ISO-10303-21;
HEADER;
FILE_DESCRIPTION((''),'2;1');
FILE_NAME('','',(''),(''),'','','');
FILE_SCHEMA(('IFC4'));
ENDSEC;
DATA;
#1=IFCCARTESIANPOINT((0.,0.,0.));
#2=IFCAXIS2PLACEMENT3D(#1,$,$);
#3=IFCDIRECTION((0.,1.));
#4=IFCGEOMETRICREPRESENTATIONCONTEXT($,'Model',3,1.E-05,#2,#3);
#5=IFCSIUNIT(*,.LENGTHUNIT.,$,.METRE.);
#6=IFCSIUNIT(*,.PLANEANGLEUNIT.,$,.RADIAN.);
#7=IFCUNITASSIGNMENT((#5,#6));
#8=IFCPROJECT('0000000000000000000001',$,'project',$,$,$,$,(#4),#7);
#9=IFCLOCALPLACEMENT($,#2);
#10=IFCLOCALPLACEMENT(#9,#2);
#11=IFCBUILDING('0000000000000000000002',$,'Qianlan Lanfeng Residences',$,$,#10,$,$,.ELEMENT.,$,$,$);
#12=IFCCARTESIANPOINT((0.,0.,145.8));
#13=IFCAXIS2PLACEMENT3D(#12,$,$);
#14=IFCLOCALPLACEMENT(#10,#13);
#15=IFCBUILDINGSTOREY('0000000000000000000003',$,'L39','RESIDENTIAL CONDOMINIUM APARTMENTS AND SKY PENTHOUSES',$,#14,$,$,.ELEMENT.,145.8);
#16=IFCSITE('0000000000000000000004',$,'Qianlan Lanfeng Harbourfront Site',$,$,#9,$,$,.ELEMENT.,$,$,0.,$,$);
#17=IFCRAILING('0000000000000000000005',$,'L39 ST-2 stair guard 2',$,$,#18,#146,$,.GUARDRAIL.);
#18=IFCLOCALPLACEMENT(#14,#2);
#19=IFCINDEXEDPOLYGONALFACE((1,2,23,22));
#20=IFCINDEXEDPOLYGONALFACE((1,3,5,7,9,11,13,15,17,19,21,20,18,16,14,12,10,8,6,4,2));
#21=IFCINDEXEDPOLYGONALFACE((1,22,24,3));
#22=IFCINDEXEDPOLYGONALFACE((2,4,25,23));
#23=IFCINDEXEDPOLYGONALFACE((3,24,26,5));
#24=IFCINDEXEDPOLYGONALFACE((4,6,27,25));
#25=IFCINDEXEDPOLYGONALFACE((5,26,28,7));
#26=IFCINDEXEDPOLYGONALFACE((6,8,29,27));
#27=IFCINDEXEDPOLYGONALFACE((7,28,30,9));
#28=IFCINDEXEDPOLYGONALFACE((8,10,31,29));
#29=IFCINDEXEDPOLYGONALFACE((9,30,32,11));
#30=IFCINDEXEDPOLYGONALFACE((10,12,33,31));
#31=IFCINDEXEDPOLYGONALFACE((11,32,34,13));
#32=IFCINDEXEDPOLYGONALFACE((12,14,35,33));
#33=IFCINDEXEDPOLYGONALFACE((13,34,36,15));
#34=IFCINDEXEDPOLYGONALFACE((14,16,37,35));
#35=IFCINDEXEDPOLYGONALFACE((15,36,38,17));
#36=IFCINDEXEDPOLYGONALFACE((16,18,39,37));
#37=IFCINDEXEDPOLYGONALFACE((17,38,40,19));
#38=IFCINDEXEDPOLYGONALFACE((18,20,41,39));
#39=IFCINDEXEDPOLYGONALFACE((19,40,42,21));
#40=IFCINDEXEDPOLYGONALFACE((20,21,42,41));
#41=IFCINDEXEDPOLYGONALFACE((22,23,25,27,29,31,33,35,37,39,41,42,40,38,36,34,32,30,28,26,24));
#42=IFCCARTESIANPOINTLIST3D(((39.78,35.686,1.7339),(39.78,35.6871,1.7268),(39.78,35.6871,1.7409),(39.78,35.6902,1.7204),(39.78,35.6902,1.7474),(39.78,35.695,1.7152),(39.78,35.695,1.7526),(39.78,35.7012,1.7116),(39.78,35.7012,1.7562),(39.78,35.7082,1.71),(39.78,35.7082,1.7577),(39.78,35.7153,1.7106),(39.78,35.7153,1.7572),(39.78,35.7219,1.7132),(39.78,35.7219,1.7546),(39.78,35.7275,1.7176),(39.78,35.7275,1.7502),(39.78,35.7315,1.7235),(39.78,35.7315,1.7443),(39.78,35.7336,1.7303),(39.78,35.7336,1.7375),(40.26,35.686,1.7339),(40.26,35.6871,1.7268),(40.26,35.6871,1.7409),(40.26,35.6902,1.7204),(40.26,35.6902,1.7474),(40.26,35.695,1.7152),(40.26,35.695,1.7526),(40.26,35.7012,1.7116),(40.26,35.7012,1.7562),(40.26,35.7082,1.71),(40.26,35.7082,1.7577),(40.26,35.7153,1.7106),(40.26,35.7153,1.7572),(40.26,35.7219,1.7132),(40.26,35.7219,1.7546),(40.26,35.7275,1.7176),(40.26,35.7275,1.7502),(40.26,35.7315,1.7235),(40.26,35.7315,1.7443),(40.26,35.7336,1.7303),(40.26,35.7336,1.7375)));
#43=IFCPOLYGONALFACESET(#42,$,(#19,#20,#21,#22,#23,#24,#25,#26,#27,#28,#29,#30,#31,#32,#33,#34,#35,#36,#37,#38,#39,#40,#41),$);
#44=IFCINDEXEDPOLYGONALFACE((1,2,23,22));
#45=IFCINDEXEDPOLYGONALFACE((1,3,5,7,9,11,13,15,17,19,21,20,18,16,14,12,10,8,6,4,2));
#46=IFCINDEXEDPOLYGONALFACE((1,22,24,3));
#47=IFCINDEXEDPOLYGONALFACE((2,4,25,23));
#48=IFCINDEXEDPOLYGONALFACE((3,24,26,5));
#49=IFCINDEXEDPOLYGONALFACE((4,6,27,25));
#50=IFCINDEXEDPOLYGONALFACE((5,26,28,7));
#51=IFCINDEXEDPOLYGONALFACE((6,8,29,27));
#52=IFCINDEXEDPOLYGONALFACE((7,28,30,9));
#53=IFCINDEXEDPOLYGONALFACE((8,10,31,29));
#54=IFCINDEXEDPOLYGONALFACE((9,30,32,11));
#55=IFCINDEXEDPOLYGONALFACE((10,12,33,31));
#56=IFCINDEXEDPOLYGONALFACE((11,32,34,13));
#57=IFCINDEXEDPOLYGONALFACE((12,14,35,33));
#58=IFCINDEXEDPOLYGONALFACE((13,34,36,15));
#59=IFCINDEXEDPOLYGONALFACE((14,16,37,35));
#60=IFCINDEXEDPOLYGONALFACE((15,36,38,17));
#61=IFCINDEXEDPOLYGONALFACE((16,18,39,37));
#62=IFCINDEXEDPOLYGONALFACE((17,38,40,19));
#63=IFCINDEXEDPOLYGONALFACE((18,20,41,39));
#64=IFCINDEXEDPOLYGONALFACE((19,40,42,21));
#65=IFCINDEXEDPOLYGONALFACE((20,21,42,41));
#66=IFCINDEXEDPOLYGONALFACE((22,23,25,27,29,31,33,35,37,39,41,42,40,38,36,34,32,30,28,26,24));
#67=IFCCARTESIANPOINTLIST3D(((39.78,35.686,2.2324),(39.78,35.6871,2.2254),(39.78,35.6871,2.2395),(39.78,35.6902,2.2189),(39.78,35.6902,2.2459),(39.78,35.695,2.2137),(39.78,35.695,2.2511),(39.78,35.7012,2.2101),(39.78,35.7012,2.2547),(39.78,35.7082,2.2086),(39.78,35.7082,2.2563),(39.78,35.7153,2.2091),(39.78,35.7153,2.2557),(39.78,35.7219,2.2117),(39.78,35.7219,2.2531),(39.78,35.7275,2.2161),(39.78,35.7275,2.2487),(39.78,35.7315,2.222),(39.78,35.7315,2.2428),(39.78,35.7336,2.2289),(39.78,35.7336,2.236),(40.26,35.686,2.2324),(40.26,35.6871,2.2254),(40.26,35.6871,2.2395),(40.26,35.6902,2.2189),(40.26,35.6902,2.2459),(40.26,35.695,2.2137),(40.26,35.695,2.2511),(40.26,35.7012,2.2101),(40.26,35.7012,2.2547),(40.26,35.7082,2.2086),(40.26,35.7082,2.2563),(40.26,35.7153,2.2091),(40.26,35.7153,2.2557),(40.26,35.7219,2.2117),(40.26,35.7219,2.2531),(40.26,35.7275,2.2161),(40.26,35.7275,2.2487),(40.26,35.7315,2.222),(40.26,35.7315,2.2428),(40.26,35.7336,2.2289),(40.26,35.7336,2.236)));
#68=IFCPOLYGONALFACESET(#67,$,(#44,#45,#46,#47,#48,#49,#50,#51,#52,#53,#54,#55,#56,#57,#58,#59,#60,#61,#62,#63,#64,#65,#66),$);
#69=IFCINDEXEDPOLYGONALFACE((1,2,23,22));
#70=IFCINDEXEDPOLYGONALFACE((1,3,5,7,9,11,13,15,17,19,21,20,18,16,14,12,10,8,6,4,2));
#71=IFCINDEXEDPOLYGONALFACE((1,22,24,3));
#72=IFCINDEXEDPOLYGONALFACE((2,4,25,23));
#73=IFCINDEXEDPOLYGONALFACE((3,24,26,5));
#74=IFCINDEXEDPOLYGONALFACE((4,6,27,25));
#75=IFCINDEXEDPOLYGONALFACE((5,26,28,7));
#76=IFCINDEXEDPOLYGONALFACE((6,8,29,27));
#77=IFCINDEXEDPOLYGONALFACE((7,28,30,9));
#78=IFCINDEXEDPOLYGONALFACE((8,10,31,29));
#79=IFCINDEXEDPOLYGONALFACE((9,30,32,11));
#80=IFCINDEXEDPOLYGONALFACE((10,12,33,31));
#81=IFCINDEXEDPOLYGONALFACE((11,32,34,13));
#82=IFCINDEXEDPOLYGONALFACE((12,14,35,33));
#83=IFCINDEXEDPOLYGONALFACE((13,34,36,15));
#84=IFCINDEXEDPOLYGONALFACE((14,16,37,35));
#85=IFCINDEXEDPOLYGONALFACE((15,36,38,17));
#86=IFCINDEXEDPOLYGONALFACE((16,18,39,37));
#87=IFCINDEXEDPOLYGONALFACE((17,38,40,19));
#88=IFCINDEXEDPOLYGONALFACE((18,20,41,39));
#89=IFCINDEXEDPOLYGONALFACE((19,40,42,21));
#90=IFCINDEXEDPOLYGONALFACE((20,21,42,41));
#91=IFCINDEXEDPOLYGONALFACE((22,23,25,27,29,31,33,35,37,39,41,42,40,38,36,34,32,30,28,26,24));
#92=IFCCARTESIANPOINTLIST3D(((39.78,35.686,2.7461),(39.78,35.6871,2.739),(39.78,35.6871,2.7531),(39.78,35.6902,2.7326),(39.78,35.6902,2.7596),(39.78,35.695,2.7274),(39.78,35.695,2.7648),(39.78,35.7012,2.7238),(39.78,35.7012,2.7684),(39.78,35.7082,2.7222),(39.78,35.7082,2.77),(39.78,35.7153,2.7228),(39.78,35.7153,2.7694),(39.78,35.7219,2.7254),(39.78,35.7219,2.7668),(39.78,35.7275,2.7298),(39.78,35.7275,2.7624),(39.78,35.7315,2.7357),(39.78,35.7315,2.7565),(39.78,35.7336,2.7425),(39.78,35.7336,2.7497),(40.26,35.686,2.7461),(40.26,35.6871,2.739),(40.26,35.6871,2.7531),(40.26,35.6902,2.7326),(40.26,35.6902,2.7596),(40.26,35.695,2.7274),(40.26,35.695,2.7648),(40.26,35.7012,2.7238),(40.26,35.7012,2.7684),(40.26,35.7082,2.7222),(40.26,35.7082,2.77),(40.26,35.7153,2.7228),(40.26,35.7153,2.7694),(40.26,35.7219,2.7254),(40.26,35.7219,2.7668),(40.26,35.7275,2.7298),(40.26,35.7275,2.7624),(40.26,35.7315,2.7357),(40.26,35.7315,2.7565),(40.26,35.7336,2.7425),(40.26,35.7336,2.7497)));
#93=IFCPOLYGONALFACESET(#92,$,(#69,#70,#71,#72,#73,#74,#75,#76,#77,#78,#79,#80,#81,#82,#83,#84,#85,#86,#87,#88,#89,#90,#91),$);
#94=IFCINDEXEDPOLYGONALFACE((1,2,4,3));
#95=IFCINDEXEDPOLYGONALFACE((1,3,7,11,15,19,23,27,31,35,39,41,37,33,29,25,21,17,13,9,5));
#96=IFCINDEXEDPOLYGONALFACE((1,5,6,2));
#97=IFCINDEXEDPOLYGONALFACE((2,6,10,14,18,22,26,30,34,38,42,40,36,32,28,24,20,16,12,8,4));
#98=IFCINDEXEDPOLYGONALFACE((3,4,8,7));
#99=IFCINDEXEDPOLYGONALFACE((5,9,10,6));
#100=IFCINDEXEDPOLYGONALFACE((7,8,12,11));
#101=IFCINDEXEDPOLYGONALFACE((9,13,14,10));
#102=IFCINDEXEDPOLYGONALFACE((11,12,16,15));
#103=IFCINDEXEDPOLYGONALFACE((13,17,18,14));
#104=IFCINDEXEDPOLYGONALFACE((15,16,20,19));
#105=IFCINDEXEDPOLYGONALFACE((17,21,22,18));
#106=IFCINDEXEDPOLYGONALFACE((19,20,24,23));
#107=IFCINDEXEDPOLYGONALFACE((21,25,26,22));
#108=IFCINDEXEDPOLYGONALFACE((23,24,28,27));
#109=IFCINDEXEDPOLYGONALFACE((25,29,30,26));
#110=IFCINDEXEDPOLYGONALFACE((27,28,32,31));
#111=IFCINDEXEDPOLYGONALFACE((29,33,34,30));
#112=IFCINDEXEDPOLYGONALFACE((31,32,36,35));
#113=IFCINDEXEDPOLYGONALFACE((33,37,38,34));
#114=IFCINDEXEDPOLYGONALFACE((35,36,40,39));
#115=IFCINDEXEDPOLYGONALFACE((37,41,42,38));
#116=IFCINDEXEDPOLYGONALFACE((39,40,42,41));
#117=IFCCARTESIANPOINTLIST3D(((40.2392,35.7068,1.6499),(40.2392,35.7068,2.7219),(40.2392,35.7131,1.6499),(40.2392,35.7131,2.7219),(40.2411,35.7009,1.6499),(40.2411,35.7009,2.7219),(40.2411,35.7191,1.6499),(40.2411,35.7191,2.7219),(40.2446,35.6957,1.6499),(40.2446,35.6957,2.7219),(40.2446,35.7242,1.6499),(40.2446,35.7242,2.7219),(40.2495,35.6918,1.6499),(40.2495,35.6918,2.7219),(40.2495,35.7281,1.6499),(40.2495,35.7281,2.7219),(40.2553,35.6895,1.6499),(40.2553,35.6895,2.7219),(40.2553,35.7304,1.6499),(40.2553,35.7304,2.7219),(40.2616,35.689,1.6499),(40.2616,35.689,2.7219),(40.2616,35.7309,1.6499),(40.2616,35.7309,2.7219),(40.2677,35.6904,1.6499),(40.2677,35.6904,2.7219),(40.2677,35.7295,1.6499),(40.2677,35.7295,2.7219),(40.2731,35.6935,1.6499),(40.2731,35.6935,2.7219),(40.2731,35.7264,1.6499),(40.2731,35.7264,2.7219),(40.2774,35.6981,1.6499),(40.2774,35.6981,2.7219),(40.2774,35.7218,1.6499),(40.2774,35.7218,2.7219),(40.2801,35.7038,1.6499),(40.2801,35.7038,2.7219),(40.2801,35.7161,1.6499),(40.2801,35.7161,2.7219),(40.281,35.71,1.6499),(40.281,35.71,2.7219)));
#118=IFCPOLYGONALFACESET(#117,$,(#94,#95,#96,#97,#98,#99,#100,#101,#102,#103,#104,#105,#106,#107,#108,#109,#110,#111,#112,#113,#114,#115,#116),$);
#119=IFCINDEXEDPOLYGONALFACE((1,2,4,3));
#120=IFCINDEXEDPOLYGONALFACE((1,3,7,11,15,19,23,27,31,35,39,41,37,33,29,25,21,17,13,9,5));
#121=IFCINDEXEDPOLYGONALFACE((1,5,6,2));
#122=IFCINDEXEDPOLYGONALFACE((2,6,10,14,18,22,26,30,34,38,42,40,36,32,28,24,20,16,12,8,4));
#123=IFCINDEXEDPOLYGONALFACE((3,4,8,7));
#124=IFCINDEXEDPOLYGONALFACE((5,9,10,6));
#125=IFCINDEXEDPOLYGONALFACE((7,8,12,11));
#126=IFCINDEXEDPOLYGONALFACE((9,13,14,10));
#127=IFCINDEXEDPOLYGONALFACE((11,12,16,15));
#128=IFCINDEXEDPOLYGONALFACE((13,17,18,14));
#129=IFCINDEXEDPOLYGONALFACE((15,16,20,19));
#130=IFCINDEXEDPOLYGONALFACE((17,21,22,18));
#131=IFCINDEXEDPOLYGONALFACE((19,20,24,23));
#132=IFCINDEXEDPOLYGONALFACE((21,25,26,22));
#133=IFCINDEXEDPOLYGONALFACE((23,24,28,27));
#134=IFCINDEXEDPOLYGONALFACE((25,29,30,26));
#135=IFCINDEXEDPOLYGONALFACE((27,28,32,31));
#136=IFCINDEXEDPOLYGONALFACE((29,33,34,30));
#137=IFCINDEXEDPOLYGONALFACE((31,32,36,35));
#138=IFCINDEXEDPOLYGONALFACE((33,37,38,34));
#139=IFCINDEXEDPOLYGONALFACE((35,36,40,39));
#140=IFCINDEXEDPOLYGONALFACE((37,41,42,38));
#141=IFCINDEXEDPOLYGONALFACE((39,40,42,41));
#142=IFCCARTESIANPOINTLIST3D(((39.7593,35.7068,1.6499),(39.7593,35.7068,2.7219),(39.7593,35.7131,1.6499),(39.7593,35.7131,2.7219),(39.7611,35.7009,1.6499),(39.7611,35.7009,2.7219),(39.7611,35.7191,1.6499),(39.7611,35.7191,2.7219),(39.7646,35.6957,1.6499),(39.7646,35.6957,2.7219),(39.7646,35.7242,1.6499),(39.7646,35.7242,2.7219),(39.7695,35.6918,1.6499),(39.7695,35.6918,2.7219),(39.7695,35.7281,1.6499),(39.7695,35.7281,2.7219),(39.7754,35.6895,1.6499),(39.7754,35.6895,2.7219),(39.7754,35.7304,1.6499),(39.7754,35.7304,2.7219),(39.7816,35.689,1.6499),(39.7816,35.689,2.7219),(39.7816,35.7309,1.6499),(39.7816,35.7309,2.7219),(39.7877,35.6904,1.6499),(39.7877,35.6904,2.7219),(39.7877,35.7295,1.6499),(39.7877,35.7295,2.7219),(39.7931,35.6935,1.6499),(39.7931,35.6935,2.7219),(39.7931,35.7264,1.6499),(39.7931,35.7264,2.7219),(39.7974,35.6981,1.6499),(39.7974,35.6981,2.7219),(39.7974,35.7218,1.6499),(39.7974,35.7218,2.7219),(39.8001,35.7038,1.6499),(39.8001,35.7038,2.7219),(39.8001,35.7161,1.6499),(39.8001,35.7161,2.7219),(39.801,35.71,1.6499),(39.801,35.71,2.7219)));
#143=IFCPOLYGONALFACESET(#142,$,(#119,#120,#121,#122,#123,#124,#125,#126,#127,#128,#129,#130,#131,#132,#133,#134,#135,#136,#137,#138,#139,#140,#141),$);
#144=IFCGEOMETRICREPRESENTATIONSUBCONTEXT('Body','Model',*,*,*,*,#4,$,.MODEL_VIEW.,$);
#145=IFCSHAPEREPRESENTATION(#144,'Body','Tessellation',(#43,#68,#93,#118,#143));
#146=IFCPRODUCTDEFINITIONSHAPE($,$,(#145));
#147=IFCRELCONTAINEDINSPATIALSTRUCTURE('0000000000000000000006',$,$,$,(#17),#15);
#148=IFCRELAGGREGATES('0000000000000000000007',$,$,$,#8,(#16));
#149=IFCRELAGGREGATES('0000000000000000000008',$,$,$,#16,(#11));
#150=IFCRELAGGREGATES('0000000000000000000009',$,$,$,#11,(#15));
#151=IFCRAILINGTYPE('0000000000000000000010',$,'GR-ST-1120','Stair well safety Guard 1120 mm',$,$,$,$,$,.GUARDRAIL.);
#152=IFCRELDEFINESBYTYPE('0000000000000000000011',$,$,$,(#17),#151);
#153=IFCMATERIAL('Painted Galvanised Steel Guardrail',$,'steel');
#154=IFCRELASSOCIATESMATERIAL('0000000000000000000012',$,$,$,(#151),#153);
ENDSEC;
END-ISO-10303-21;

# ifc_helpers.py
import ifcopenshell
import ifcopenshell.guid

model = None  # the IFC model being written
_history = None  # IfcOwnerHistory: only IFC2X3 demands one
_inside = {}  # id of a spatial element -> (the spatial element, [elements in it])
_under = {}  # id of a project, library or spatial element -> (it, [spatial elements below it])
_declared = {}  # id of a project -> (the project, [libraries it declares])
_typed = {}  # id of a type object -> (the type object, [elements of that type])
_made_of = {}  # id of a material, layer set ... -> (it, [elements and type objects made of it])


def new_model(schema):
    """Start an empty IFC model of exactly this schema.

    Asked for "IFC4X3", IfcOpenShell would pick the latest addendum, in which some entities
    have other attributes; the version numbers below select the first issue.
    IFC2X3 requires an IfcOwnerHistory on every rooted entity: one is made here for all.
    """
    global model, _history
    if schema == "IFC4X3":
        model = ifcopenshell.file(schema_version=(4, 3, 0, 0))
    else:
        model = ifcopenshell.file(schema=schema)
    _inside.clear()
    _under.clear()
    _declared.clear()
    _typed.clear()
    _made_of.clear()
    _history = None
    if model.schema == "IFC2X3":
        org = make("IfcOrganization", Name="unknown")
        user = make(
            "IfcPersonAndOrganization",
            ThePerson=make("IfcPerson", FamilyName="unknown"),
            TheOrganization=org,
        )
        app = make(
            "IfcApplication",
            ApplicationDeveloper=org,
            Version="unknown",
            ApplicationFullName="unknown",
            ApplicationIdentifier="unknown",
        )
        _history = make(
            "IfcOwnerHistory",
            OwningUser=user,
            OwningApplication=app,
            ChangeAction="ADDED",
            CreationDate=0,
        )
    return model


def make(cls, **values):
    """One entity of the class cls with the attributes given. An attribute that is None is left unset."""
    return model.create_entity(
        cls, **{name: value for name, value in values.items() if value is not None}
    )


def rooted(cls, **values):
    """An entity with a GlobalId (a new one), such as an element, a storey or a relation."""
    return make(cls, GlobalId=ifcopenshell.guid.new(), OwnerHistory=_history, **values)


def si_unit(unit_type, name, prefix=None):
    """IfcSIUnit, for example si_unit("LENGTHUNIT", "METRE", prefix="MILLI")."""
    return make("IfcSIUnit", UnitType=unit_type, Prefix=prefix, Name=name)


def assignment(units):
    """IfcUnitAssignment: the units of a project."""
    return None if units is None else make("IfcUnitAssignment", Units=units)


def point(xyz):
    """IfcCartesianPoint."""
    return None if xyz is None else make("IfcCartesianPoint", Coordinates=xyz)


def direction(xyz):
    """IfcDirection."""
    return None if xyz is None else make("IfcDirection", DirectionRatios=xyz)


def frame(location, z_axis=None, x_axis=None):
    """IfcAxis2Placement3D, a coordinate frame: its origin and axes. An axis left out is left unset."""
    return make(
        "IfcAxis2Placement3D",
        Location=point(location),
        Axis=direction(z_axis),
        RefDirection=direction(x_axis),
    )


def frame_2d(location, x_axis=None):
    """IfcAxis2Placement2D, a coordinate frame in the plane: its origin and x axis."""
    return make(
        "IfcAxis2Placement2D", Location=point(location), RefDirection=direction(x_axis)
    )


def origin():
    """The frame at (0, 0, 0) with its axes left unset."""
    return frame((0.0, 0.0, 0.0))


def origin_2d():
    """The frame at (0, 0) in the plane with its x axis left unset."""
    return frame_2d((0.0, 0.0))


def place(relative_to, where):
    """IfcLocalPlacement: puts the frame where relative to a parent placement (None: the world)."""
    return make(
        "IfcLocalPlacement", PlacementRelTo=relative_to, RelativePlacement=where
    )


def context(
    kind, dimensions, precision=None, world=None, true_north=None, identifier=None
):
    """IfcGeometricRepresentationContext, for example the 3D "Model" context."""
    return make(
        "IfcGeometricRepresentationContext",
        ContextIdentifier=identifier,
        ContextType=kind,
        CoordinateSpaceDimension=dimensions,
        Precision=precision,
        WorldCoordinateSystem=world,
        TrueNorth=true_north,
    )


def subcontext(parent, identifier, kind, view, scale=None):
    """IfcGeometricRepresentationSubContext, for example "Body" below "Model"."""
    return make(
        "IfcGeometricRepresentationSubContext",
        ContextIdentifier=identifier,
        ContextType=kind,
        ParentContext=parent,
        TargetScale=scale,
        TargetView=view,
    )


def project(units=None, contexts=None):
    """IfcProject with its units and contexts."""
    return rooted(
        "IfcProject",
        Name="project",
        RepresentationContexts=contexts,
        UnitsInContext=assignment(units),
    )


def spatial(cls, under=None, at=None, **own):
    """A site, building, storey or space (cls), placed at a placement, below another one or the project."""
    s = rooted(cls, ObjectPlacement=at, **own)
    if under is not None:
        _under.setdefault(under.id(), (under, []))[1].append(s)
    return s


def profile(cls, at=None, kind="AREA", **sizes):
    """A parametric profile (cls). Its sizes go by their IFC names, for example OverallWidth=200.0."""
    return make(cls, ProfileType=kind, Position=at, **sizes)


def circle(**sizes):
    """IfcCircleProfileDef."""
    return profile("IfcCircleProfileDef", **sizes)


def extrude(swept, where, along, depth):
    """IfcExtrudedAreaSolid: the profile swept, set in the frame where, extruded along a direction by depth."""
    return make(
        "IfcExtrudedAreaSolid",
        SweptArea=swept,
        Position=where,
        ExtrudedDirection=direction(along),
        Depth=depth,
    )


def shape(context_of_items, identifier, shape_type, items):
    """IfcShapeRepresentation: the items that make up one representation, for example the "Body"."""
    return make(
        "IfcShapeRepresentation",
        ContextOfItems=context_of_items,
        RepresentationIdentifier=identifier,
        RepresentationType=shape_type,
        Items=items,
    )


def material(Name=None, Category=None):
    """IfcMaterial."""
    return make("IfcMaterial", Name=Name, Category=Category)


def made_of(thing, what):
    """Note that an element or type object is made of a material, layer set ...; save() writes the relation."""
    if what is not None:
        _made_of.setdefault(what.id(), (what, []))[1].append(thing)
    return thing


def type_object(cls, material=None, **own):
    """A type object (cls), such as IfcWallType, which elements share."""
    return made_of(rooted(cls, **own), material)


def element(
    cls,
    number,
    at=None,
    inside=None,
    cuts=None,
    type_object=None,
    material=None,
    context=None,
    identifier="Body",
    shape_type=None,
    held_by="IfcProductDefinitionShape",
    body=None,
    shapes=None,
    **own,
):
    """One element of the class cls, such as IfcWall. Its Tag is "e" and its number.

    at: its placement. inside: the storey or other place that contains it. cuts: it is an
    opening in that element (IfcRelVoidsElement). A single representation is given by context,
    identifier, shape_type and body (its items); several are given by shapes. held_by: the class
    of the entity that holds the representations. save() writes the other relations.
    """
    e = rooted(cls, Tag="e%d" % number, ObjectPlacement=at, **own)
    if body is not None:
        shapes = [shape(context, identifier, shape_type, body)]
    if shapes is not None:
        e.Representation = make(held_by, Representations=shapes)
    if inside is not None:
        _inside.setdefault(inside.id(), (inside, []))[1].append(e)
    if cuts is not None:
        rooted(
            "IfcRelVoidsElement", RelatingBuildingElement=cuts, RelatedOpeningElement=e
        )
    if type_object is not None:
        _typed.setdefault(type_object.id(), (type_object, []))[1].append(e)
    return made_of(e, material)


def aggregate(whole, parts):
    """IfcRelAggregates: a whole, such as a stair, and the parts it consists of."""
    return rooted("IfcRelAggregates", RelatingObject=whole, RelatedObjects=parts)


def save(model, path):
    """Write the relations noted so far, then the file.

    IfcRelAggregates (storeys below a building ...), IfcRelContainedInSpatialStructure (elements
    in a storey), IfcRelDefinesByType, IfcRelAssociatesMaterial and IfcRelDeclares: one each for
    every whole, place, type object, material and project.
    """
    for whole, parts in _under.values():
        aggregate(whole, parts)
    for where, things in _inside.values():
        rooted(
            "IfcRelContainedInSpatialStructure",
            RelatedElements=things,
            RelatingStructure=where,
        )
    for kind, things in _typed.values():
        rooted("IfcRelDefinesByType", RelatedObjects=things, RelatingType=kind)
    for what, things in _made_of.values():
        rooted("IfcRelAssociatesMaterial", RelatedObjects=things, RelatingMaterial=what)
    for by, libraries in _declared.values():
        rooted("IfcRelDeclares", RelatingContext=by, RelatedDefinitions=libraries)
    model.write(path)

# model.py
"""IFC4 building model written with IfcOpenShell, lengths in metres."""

from ifc_helpers import new_model, si_unit, direction, frame, origin, origin_2d, place, context, subcontext, project, spatial, circle, extrude, material, type_object, element, save


model = new_model("IFC4")

# Units and contexts
model_context = context("Model", 3, precision=1e-05, world=origin(), true_north=direction((0.0, 1.0)))
body_context = subcontext(model_context, "Body", "Model", "MODEL_VIEW")
ifc_project = project(units=[si_unit("LENGTHUNIT", "METRE"), si_unit("PLANEANGLEUNIT", "RADIAN")], contexts=[model_context])

# Site, building, storey
site_placement = place(None, origin())
site = spatial("IfcSite", under=ifc_project, at=site_placement, Name="Qianlan Lanfeng Harbourfront Site", CompositionType="ELEMENT", RefElevation=0.0)
building_placement = place(site_placement, origin())
building = spatial("IfcBuilding", under=site, at=building_placement, Name="Qianlan Lanfeng Residences", CompositionType="ELEMENT")
storey_placement = place(building_placement, frame((0.0, 0.0, 145.8)))
storey = spatial("IfcBuildingStorey", under=building, at=storey_placement, Name="L39", Description="RESIDENTIAL CONDOMINIUM APARTMENTS AND SKY PENTHOUSES", CompositionType="ELEMENT", Elevation=145.8)

# Railing
ifc_material_1 = material(Name="Painted Galvanised Steel Guardrail", Category="steel")
railing_type_1 = type_object("IfcRailingType", Name="GR-ST-1120", Description="Stair well safety Guard 1120 mm", PredefinedType="GUARDRAIL", material=ifc_material_1)
railing_1_placement = place(storey_placement, frame((40.26, 35.71, 1.6499)))
element("IfcRailing", 1, at=railing_1_placement, inside=storey, type_object=railing_type_1, Name="L39 ST-2 stair guard 2", PredefinedType="GUARDRAIL", context=body_context, shape_type="SweptSolid", body=[
    extrude(circle(Radius=0.0239, at=origin_2d()), frame((0.0, 0.0, 0.084), z_axis=(-1.0, 0.0, 0.0), x_axis=(0.0, -1.0, 0.0)), (0.0, 0.0, 1.0), 0.48),
    extrude(circle(Radius=0.0239, at=origin_2d()), frame((0.0, 0.0, 0.5825), z_axis=(-1.0, 0.0, 0.0), x_axis=(0.0, -1.0, 0.0)), (0.0, 0.0, 1.0), 0.48),
    extrude(circle(Radius=0.0239, at=origin_2d()), frame((0.0, 0.0, 1.0962), z_axis=(-1.0, 0.0, 0.0), x_axis=(0.0, -1.0, 0.0)), (0.0, 0.0, 1.0), 0.48),
    extrude(circle(Radius=0.021, at=origin_2d()), origin(), (0.0, 0.0, 1.0), 1.072),
    extrude(circle(Radius=0.021, at=origin_2d()), frame((-0.48, 0.0, 0.0)), (0.0, 0.0, 1.0), 1.072),
])

save(model, "model.ifc")
